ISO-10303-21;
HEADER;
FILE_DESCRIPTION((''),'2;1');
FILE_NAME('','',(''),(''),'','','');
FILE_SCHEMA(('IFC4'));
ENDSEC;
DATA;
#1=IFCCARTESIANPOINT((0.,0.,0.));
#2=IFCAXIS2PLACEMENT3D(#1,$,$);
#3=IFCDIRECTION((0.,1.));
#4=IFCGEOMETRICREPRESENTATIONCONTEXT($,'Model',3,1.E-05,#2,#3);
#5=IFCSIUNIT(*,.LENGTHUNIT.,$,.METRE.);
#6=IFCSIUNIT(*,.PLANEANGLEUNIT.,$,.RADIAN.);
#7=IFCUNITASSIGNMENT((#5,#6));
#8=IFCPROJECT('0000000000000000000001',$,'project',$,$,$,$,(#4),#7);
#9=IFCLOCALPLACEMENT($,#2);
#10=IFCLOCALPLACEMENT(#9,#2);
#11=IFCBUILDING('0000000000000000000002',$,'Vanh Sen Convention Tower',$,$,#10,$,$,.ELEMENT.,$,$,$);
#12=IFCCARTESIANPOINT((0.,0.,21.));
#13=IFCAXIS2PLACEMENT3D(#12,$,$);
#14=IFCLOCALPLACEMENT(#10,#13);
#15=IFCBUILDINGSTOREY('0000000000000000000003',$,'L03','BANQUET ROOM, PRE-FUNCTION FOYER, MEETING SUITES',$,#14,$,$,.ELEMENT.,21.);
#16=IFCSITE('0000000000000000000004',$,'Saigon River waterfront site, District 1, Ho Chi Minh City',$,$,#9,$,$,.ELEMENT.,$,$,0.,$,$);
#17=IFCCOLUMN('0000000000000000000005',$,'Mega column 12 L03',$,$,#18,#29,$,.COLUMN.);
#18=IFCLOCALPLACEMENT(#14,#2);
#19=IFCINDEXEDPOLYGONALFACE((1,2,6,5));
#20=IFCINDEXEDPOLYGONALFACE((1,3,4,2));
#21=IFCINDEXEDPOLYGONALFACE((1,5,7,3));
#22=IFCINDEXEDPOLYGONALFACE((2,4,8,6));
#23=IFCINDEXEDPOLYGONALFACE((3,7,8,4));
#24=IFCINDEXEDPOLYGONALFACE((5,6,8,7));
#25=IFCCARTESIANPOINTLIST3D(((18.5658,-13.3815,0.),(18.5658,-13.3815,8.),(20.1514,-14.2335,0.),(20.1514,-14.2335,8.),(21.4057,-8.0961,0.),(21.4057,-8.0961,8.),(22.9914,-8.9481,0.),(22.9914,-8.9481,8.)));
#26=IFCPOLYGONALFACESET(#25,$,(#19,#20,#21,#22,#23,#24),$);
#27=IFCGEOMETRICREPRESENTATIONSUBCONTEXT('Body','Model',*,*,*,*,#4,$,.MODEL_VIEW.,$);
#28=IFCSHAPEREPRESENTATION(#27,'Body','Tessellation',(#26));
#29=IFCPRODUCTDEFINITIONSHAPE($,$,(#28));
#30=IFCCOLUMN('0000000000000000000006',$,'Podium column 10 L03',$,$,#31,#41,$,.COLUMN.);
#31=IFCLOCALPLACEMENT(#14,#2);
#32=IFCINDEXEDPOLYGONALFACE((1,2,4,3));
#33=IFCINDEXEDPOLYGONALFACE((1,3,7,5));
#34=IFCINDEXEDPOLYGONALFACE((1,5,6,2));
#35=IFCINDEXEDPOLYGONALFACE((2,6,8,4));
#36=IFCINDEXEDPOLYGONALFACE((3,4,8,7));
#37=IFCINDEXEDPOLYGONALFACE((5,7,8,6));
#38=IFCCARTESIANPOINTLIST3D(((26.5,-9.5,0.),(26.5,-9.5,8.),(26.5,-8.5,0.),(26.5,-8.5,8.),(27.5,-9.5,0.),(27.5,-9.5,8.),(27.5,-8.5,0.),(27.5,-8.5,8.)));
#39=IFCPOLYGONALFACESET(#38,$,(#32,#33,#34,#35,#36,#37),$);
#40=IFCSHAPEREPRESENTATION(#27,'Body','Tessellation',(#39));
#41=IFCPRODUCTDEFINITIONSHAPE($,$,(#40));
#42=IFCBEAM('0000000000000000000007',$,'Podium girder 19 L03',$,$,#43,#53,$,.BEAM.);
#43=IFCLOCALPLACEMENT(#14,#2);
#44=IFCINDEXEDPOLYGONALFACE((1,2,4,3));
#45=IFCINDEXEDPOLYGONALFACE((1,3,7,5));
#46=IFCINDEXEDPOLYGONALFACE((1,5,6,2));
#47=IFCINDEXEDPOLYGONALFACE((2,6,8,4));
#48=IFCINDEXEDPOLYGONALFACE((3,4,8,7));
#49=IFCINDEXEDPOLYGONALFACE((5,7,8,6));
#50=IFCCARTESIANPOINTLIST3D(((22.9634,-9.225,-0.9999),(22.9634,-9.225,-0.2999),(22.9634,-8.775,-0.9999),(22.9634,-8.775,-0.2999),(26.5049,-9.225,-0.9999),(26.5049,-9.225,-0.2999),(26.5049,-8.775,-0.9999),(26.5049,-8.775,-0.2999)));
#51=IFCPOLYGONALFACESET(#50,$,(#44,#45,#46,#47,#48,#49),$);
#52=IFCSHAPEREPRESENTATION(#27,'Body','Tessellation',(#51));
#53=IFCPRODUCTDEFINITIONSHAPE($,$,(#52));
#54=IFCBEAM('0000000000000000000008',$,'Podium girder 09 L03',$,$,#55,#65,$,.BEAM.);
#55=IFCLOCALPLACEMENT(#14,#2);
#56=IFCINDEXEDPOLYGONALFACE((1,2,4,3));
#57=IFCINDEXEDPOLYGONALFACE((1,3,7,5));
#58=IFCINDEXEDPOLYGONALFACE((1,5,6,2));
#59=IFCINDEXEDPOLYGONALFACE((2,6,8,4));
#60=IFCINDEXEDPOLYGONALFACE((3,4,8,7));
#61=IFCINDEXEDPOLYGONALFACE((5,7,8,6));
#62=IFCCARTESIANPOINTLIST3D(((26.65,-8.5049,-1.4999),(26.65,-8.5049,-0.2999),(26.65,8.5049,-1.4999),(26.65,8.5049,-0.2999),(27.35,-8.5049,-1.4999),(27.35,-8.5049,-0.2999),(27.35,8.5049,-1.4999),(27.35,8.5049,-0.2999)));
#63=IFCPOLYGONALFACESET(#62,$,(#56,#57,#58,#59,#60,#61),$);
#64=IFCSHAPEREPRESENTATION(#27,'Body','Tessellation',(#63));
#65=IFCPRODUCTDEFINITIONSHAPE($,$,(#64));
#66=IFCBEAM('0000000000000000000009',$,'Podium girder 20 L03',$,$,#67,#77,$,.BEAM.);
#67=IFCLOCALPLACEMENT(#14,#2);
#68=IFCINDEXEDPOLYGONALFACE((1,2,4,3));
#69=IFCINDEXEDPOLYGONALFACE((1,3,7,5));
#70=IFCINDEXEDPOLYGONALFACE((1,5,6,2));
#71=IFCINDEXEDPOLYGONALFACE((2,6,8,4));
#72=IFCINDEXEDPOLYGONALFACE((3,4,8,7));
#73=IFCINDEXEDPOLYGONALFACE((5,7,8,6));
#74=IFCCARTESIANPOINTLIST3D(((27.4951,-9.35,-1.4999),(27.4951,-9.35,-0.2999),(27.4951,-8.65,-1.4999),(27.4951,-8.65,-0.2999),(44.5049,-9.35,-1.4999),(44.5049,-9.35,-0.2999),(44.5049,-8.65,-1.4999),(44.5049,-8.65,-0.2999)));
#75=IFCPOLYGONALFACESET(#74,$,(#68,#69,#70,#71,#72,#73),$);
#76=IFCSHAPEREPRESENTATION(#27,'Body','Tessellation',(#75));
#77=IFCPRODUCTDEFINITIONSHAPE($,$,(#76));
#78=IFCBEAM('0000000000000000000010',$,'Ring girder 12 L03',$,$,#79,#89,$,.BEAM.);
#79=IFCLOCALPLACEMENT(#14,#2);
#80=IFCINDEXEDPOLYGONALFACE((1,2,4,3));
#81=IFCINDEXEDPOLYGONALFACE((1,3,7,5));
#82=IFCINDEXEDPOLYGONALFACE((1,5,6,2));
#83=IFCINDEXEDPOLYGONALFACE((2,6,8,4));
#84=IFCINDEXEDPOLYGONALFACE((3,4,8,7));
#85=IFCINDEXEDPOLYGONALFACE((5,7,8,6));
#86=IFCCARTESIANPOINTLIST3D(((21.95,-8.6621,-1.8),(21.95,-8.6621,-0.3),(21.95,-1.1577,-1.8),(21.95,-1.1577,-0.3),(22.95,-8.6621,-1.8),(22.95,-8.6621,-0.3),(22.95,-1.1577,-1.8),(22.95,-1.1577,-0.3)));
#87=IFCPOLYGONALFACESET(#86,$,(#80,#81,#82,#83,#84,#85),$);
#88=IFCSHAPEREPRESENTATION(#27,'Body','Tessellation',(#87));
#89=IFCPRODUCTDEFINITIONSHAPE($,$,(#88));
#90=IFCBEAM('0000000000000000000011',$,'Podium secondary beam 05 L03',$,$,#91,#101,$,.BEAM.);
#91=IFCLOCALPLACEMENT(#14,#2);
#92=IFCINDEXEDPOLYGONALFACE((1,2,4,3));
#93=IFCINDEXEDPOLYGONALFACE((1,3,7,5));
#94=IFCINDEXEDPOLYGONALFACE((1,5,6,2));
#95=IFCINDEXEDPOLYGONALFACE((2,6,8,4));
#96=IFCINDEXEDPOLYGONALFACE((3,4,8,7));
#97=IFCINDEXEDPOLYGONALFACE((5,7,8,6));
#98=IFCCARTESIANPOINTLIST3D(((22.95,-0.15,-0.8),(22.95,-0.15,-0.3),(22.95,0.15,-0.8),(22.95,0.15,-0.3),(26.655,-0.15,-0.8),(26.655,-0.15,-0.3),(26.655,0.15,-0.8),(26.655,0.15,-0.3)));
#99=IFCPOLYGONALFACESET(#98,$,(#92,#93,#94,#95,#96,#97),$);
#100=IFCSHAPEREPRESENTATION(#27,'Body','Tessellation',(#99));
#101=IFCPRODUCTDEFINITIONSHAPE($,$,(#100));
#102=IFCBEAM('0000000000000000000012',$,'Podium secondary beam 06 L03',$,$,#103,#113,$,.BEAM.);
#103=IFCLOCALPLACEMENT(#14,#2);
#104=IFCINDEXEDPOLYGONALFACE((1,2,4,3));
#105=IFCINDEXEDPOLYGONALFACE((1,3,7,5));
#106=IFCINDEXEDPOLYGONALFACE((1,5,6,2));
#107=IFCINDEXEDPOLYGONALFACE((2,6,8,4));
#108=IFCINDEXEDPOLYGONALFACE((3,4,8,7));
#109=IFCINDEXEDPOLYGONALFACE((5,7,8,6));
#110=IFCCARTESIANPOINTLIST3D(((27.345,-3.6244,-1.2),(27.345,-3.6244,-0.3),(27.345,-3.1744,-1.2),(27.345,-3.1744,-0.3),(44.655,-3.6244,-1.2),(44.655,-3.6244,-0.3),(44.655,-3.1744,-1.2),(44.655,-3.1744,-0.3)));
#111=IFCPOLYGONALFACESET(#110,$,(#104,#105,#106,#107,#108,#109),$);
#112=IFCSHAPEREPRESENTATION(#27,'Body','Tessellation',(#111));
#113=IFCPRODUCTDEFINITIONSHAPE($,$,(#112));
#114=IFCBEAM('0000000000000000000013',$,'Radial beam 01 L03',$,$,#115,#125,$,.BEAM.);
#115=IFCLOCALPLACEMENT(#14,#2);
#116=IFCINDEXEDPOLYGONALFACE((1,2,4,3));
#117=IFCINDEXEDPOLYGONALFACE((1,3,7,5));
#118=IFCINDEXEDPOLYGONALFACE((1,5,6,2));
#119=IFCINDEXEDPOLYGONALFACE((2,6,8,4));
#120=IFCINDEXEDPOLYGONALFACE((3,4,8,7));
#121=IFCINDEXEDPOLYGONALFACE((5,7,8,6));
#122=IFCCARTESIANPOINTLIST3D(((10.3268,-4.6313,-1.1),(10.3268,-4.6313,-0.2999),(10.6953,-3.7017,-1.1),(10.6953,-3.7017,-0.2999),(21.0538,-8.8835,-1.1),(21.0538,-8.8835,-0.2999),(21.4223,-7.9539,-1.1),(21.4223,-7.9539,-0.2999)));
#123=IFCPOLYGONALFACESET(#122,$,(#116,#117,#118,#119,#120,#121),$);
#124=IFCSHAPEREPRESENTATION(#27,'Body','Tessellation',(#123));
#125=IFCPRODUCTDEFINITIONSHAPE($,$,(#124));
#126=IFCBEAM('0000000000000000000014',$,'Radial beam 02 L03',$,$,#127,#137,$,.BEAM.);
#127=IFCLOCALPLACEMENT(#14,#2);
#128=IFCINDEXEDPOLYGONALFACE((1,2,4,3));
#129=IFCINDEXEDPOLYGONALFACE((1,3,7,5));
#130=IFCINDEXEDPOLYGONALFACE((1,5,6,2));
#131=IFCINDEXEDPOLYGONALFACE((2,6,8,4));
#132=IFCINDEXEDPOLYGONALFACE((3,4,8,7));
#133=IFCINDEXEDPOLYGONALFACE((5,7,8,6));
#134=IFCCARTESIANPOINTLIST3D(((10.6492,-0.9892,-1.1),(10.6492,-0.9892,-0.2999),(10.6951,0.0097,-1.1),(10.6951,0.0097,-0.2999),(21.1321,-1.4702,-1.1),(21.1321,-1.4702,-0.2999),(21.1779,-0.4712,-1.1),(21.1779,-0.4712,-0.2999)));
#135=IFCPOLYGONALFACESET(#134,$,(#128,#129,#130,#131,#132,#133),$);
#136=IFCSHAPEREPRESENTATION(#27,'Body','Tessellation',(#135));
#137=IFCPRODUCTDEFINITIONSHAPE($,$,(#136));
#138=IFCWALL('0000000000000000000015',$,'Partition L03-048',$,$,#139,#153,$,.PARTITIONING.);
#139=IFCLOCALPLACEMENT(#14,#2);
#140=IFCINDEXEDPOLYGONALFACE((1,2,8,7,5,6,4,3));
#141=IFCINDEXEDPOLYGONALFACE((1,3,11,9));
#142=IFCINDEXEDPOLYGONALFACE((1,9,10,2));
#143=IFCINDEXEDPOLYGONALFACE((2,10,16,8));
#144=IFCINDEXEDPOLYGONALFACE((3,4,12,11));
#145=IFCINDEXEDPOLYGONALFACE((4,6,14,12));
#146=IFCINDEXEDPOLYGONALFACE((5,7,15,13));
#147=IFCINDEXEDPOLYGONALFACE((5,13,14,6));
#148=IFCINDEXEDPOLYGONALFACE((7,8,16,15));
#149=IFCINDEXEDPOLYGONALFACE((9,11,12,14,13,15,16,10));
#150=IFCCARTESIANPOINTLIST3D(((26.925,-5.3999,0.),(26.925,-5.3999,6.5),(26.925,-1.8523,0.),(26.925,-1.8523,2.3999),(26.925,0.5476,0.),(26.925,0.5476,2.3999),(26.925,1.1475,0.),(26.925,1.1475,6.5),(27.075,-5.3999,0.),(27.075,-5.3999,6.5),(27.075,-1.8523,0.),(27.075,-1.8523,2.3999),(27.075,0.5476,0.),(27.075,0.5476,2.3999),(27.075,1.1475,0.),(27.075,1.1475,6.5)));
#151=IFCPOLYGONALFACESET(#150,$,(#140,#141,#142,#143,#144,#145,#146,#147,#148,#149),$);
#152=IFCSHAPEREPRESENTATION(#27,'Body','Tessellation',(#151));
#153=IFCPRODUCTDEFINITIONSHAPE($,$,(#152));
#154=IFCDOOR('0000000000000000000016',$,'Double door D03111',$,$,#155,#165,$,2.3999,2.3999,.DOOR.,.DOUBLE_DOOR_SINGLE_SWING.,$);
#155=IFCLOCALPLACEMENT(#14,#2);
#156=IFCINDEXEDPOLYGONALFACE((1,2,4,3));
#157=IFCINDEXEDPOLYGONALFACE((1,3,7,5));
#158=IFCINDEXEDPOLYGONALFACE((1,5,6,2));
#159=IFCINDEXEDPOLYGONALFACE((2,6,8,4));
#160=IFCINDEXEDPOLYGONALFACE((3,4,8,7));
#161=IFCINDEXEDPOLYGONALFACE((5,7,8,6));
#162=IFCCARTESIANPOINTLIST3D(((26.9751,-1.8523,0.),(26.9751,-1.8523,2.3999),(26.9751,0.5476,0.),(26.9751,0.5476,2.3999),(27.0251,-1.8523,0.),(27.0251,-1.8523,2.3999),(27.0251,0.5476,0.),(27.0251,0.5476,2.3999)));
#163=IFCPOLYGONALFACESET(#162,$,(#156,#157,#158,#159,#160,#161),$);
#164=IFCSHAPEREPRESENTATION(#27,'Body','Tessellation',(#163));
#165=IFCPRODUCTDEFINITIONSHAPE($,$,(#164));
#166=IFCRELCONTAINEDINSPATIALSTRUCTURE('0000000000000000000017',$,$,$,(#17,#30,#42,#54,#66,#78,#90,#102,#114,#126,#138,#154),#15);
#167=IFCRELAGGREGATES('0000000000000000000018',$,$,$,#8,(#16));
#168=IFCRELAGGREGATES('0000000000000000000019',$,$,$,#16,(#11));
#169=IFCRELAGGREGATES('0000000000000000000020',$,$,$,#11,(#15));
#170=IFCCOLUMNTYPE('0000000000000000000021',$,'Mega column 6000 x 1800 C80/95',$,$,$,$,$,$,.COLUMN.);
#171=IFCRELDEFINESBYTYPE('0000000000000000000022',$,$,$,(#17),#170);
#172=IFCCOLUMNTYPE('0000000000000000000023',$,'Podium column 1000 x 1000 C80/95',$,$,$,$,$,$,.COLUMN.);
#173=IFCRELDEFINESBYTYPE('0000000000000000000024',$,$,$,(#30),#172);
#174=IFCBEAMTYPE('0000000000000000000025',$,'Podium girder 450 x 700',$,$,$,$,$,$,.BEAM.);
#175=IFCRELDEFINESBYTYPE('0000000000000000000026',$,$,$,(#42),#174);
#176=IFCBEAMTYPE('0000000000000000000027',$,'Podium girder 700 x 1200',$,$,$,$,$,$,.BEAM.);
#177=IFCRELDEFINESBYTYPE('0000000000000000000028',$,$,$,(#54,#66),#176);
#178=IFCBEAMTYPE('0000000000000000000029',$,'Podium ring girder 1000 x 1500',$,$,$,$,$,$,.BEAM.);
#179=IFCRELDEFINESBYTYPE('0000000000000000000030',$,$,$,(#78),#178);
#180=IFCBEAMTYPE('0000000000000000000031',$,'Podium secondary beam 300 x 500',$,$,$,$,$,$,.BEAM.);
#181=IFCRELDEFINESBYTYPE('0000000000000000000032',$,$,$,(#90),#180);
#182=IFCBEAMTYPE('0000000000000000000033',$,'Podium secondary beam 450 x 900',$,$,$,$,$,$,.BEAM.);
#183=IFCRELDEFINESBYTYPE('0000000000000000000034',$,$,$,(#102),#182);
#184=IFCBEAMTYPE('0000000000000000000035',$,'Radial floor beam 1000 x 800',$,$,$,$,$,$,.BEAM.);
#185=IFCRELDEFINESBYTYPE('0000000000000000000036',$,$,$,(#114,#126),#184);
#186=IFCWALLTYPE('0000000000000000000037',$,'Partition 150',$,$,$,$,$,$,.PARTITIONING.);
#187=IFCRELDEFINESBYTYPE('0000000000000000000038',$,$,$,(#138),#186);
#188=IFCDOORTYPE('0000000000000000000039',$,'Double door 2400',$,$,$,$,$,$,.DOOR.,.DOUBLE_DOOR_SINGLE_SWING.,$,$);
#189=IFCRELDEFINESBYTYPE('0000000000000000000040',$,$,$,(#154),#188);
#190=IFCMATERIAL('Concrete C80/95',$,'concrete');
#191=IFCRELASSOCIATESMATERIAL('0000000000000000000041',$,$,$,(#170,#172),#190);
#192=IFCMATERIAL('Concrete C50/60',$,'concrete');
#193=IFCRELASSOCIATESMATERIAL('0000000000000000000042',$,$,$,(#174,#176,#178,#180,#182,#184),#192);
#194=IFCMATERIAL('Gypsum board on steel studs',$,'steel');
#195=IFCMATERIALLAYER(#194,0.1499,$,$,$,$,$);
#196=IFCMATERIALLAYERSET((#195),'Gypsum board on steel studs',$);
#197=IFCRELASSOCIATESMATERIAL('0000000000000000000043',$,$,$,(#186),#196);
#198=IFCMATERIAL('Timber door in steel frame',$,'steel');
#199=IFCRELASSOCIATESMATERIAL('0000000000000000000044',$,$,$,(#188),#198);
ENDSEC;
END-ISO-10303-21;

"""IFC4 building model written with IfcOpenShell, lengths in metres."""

from ifc_helpers import new_model, si_unit, direction, frame, frame_2d, origin, origin_2d, place, context, subcontext, project, spatial, rectangle, extrude, material, layer, layer_set, material_profile, profile_set, type_object, element, fill, save


model = new_model("IFC4")

# Units and contexts
model_context = context("Model", 3, precision=1e-05, world=origin(), true_north=direction((0.0, 1.0)))
body_context = subcontext(model_context, "Body", "Model", "MODEL_VIEW")
ifc_project = project(units=[si_unit("LENGTHUNIT", "METRE"), si_unit("PLANEANGLEUNIT", "RADIAN")], contexts=[model_context])

# Site, building, storey
site_placement = place(None, origin())
site = spatial("IfcSite", under=ifc_project, at=site_placement, Name="Saigon River waterfront site, District 1, Ho Chi Minh City", CompositionType="ELEMENT", RefElevation=0.0)
building_placement = place(site_placement, origin())
building = spatial("IfcBuilding", under=site, at=building_placement, Name="Vanh Sen Convention Tower", CompositionType="ELEMENT")
storey_placement = place(building_placement, frame((0.0, 0.0, 21.0)))
storey = spatial("IfcBuildingStorey", under=building, at=storey_placement, Name="L03", Description="BANQUET ROOM, PRE-FUNCTION FOYER, MEETING SUITES", CompositionType="ELEMENT", Elevation=21.0)

# Columns
ifc_material_1 = material(Name="Concrete C80/95", Category="concrete")
ifc_material_profile_1 = material_profile(ifc_material_1, rectangle(XDim=6.0, YDim=1.8, at=origin_2d()), Name="RC 6000X1800")
ifc_profile_set_1 = profile_set([ifc_material_profile_1], Name="Concrete C80/95")
column_type_1 = type_object("IfcColumnType", Name="Mega column 6000 x 1800 C80/95", PredefinedType="COLUMN", material=ifc_profile_set_1)
column_1_placement = place(storey_placement, frame((20.7786, -11.1648, 0.0), z_axis=(0.0, 0.0, 1.0), x_axis=(0.473323, 0.880889, 0.0)))
element("IfcColumn", 1, at=column_1_placement, inside=storey, type_object=column_type_1, Name="Mega column 12 L03", PredefinedType="COLUMN", context=body_context, shape_type="SweptSolid", body=[
    extrude(rectangle(XDim=6.0, YDim=1.8, at=origin_2d()), origin(), (0.0, 0.0, 1.0), 8.0),
])
ifc_material_profile_2 = material_profile(ifc_material_1, rectangle(XDim=1.0, YDim=1.0, at=origin_2d()), Name="RC 1000X1000")
ifc_profile_set_2 = profile_set([ifc_material_profile_2], Name="Concrete C80/95")
column_type_2 = type_object("IfcColumnType", Name="Podium column 1000 x 1000 C80/95", PredefinedType="COLUMN", material=ifc_profile_set_2)
column_2_placement = place(storey_placement, frame((27.0, -9.0, 0.0), z_axis=(0.0, 0.0, 1.0), x_axis=(1.0, 0.0, 0.0)))
element("IfcColumn", 2, at=column_2_placement, inside=storey, type_object=column_type_2, Name="Podium column 10 L03", PredefinedType="COLUMN", context=body_context, shape_type="SweptSolid", body=[
    extrude(rectangle(XDim=1.0, YDim=1.0, at=origin_2d()), origin(), (0.0, 0.0, 1.0), 8.0),
])

# Beams
ifc_material_2 = material(Name="Concrete C50/60", Category="concrete")
ifc_material_profile_3 = material_profile(ifc_material_2, rectangle(XDim=0.45, YDim=0.7, at=origin_2d()), Name="RC 450X700")
ifc_profile_set_3 = profile_set([ifc_material_profile_3], Name="Concrete C50/60")
beam_type_1 = type_object("IfcBeamType", Name="Podium girder 450 x 700", PredefinedType="BEAM", material=ifc_profile_set_3)
beam_1_placement = place(storey_placement, frame((22.9634, -9.0, -0.6499), z_axis=(1.0, 0.0, 0.0), x_axis=(0.0, 1.0, 0.0)))
element("IfcBeam", 3, at=beam_1_placement, inside=storey, type_object=beam_type_1, Name="Podium girder 19 L03", PredefinedType="BEAM", context=body_context, shape_type="SweptSolid", body=[
    extrude(rectangle(XDim=0.45, YDim=0.7, at=origin_2d()), origin(), (0.0, 0.0, 1.0), 3.5415),
])
ifc_material_profile_4 = material_profile(ifc_material_2, rectangle(XDim=0.7, YDim=1.2, at=origin_2d()), Name="RC 700X1200")
ifc_profile_set_4 = profile_set([ifc_material_profile_4], Name="Concrete C50/60")
beam_type_2 = type_object("IfcBeamType", Name="Podium girder 700 x 1200", PredefinedType="BEAM", material=ifc_profile_set_4)
for number, where, z_axis, x_axis, name in (
    (4, (27.0, -8.5049, -0.8999), (0.0, 1.0, 0.0), (-1.0, 0.0, 0.0), "Podium girder 09 L03"),
    (5, (27.4951, -9.0, -0.8999), (1.0, 0.0, 0.0), (0.0, 1.0, 0.0), "Podium girder 20 L03"),
):
    element("IfcBeam", number, at=place(storey_placement, frame(where, z_axis=z_axis, x_axis=x_axis)), inside=storey, type_object=beam_type_2, Name=name, PredefinedType="BEAM", context=body_context, shape_type="SweptSolid", body=[
        extrude(rectangle(XDim=0.7, YDim=1.2, at=origin_2d()), origin(), (0.0, 0.0, 1.0), 17.0098),
    ])
ifc_material_profile_5 = material_profile(ifc_material_2, rectangle(XDim=1.0, YDim=1.5, at=origin_2d()), Name="RC 1000X1500")
ifc_profile_set_5 = profile_set([ifc_material_profile_5], Name="Concrete C50/60")
beam_type_3 = type_object("IfcBeamType", Name="Podium ring girder 1000 x 1500", PredefinedType="BEAM", material=ifc_profile_set_5)
beam_2_placement = place(storey_placement, frame((22.45, -8.6621, -1.05), z_axis=(0.0, 1.0, 0.0), x_axis=(-1.0, 0.0, 0.0)))
element("IfcBeam", 6, at=beam_2_placement, inside=storey, type_object=beam_type_3, Name="Ring girder 12 L03", PredefinedType="BEAM", context=body_context, shape_type="SweptSolid", body=[
    extrude(rectangle(XDim=1.0, YDim=1.5, at=origin_2d()), origin(), (0.0, 0.0, 1.0), 7.5044),
])
ifc_material_profile_6 = material_profile(ifc_material_2, rectangle(XDim=0.3, YDim=0.5, at=origin_2d()), Name="RC 300X500")
ifc_profile_set_6 = profile_set([ifc_material_profile_6], Name="Concrete C50/60")
beam_type_4 = type_object("IfcBeamType", Name="Podium secondary beam 300 x 500", PredefinedType="BEAM", material=ifc_profile_set_6)
beam_3_placement = place(storey_placement, frame((22.95, 0.0, -0.55), z_axis=(1.0, 0.0, 0.0), x_axis=(0.0, 1.0, 0.0)))
element("IfcBeam", 7, at=beam_3_placement, inside=storey, type_object=beam_type_4, Name="Podium secondary beam 05 L03", PredefinedType="BEAM", context=body_context, shape_type="SweptSolid", body=[
    extrude(rectangle(XDim=0.3, YDim=0.5, at=origin_2d()), origin(), (0.0, 0.0, 1.0), 3.7051),
])
ifc_material_profile_7 = material_profile(ifc_material_2, rectangle(XDim=0.45, YDim=0.8999, at=origin_2d()), Name="RC 450X900")
ifc_profile_set_7 = profile_set([ifc_material_profile_7], Name="Concrete C50/60")
beam_type_5 = type_object("IfcBeamType", Name="Podium secondary beam 450 x 900", PredefinedType="BEAM", material=ifc_profile_set_7)
beam_4_placement = place(storey_placement, frame((27.345, -3.3994, -0.75), z_axis=(1.0, 0.0, 0.0), x_axis=(0.0, 1.0, 0.0)))
element("IfcBeam", 8, at=beam_4_placement, inside=storey, type_object=beam_type_5, Name="Podium secondary beam 06 L03", PredefinedType="BEAM", context=body_context, shape_type="SweptSolid", body=[
    extrude(rectangle(XDim=0.45, YDim=0.8999, at=origin_2d()), origin(), (0.0, 0.0, 1.0), 17.3101),
])
ifc_material_profile_8 = material_profile(ifc_material_2, rectangle(XDim=1.0, YDim=0.8, at=origin_2d()), Name="RC 1000X800")
ifc_profile_set_8 = profile_set([ifc_material_profile_8], Name="Concrete C50/60")
beam_type_6 = type_object("IfcBeamType", Name="Radial floor beam 1000 x 800", PredefinedType="BEAM", material=ifc_profile_set_8)
beam_5_placement = place(storey_placement, frame((21.238, -8.4187, -0.7), z_axis=(-0.929626, 0.368503, 0.0), x_axis=(-0.368503, -0.929626, 0.0)))
element("IfcBeam", 9, at=beam_5_placement, inside=storey, type_object=beam_type_6, Name="Radial beam 01 L03", PredefinedType="BEAM", context=body_context, shape_type="SweptSolid", body=[
    extrude(rectangle(XDim=1.0, YDim=0.8, at=origin_2d()), origin(), (0.0, 0.0, 1.0), 11.5391),
])
beam_6_placement = place(storey_placement, frame((21.155, -0.9707, -0.7), z_axis=(-0.998949, 0.045832, 0.0), x_axis=(-0.045832, -0.998949, 0.0)))
element("IfcBeam", 10, at=beam_6_placement, inside=storey, type_object=beam_type_6, Name="Radial beam 02 L03", PredefinedType="BEAM", context=body_context, shape_type="SweptSolid", body=[
    extrude(rectangle(XDim=1.0, YDim=0.8, at=origin_2d()), origin(), (0.0, 0.0, 1.0), 10.4939),
])

# Wall, opening, door
ifc_material_3 = material(Name="Gypsum board on steel studs", Category="steel")
ifc_layer_1 = layer(ifc_material_3, 0.1499)
ifc_layer_set_1 = layer_set([ifc_layer_1], Name="Gypsum board on steel studs")
wall_type_1 = type_object("IfcWallType", Name="Partition 150", PredefinedType="PARTITIONING", material=ifc_layer_set_1)
wall_1_placement = place(storey_placement, frame((27.0, -5.3999, 0.0), z_axis=(0.0, 0.0, 1.0), x_axis=(0.0, 1.0, 0.0)))
wall_1 = element("IfcWall", 11, at=wall_1_placement, inside=storey, type_object=wall_type_1, Name="Partition L03-048", PredefinedType="PARTITIONING", context=body_context, shape_type="SweptSolid", body=[
    extrude(rectangle(XDim=6.5474, YDim=0.1499, at=frame_2d((3.2737, 0.0))), origin(), (0.0, 0.0, 1.0), 6.5),
])
opening_1_placement = place(wall_1_placement, frame((3.5476, 0.0, 0.0)))
opening_1 = element("IfcOpeningElement", 12, at=opening_1_placement, cuts=wall_1, PredefinedType="OPENING", context=body_context, shape_type="SweptSolid", body=[
    extrude(rectangle(XDim=2.3999, YDim=2.3999, at=frame_2d((1.2, 1.2))), frame((0.0, 0.085, 0.0), z_axis=(0.0, -1.0, 0.0), x_axis=(1.0, 0.0, 0.0)), (0.0, 0.0, 1.0), 0.1699),
])
ifc_material_4 = material(Name="Timber door in steel frame", Category="steel")
door_type_1 = type_object("IfcDoorType", Name="Double door 2400", OperationType="DOUBLE_DOOR_SINGLE_SWING", PredefinedType="DOOR", material=ifc_material_4)
door_1_placement = place(opening_1_placement, origin())
door_1 = element("IfcDoor", 13, at=door_1_placement, inside=storey, type_object=door_type_1, Name="Double door D03111", OperationType="DOUBLE_DOOR_SINGLE_SWING", OverallHeight=2.3999, OverallWidth=2.3999, PredefinedType="DOOR", context=body_context, shape_type="SweptSolid", body=[
    extrude(rectangle(XDim=2.3999, YDim=2.3999, at=frame_2d((1.2, 1.2))), frame((0.0, 0.0249, 0.0), z_axis=(0.0, -1.0, 0.0), x_axis=(1.0, 0.0, 0.0)), (0.0, 0.0, 1.0), 0.05),
])
fill(opening_1, door_1)

save(model, "model.ifc")
